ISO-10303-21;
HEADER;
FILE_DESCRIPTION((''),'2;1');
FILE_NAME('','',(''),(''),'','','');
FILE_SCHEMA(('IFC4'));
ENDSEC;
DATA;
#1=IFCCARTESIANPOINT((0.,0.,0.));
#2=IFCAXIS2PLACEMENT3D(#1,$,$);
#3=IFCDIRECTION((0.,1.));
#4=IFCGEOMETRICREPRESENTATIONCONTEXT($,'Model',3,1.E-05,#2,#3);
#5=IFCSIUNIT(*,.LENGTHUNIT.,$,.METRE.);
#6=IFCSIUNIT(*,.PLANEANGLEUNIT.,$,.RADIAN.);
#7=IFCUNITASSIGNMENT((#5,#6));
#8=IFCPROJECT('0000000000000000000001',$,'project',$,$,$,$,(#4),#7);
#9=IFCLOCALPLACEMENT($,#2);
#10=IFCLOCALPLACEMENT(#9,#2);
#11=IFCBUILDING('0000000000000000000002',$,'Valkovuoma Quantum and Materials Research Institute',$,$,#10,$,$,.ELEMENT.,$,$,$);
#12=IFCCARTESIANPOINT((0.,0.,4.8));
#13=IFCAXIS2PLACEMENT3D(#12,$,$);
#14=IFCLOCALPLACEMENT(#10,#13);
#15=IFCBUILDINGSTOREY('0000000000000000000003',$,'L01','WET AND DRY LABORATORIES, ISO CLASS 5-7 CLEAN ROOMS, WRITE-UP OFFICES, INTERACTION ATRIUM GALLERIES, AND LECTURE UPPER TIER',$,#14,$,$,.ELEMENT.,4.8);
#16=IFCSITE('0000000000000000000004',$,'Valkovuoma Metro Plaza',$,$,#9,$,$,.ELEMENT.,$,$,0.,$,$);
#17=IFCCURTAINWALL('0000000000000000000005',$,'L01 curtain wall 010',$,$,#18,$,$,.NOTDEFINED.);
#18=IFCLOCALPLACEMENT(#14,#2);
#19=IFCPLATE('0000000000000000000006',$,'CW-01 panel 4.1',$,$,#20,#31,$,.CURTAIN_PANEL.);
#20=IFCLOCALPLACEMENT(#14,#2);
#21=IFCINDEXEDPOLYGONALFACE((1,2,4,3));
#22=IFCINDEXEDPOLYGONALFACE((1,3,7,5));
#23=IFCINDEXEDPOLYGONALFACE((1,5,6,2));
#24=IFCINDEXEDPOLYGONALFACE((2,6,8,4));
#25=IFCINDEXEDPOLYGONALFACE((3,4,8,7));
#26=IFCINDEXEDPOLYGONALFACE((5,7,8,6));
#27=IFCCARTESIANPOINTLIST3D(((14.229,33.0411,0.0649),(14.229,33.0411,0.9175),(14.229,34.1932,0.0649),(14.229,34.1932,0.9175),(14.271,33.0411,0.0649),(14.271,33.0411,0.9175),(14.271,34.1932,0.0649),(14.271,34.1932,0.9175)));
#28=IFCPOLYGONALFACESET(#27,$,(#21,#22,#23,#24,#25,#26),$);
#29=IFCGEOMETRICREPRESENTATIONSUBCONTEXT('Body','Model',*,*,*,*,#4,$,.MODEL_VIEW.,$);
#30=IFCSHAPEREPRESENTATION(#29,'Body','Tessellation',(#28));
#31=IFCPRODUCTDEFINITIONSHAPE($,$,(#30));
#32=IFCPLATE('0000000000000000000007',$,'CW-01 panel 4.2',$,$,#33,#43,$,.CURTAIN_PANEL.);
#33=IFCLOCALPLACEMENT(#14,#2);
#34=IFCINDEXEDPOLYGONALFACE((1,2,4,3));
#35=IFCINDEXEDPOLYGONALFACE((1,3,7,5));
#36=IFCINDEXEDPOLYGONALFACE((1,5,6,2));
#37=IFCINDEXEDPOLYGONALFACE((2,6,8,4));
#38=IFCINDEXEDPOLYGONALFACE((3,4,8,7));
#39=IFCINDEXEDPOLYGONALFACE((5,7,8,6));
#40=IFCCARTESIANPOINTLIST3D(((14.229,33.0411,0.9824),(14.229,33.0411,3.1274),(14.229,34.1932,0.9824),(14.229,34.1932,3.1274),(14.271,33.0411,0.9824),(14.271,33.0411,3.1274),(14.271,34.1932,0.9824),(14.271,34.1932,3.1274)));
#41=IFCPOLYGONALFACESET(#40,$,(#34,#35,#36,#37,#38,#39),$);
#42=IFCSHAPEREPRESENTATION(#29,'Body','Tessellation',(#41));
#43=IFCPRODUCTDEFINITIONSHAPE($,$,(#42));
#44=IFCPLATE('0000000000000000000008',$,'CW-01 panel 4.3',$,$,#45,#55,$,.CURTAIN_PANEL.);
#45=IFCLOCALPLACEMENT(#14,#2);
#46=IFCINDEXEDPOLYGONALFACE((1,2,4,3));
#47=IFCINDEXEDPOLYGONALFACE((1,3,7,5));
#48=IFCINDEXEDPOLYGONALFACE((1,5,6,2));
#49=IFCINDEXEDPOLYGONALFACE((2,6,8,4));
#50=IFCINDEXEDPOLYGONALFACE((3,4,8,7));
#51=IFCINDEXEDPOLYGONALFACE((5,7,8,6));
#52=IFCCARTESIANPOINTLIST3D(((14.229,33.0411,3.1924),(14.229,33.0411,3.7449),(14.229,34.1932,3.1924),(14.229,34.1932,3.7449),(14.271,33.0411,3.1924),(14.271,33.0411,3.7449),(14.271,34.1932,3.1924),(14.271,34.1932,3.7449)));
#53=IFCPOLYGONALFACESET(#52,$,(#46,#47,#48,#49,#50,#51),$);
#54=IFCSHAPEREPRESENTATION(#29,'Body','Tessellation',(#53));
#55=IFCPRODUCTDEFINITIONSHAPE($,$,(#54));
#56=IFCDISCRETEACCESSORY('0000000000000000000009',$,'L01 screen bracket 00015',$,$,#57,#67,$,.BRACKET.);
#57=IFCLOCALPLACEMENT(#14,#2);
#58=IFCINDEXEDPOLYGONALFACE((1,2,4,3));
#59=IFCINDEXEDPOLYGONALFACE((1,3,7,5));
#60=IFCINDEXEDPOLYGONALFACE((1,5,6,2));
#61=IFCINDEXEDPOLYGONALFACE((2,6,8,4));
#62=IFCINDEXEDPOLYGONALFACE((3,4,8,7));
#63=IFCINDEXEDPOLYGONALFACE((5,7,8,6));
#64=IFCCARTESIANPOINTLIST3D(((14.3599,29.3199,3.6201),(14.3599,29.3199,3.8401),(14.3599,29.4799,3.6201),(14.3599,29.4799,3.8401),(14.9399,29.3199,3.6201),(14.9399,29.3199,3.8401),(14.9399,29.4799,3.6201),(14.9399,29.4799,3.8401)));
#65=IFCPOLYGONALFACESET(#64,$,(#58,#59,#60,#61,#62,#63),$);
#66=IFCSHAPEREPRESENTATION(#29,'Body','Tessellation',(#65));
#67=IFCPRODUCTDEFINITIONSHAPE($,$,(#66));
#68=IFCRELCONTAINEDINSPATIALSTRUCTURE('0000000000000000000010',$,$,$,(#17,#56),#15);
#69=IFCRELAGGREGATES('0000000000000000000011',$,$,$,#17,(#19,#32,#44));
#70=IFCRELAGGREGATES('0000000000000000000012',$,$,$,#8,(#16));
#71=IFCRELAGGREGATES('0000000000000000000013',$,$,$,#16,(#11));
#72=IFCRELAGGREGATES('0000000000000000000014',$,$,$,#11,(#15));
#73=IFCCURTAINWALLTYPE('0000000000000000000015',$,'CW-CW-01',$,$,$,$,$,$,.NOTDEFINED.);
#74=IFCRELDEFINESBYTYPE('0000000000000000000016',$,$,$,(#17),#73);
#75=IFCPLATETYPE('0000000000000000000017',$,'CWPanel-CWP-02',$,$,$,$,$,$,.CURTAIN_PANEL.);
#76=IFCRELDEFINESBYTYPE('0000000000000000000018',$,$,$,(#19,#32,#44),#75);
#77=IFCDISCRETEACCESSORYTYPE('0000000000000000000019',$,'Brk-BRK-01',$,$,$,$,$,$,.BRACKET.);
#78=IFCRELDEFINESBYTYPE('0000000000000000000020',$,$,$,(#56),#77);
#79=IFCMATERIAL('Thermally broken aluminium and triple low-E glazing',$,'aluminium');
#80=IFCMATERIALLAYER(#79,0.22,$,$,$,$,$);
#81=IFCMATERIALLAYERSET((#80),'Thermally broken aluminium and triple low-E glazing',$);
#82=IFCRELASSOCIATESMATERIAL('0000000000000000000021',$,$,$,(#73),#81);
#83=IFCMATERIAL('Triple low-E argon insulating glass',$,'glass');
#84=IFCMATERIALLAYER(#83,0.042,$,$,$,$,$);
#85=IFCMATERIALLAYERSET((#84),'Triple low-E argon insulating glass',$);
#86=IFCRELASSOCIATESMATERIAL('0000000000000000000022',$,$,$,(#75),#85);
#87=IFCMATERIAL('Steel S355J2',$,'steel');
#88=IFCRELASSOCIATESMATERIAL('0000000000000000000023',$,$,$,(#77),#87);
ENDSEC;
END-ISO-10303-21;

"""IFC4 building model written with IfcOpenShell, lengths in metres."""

from ifc_helpers import new_model, si_unit, direction, frame, origin, origin_2d, place, context, subcontext, project, spatial, rectangle, extrude, material, layer, layer_set, type_object, element, aggregate, save


model = new_model("IFC4")

# Units and contexts
model_context = context("Model", 3, precision=1e-05, world=origin(), true_north=direction((0.0, 1.0)))
body_context = subcontext(model_context, "Body", "Model", "MODEL_VIEW")
ifc_project = project(units=[si_unit("LENGTHUNIT", "METRE"), si_unit("PLANEANGLEUNIT", "RADIAN")], contexts=[model_context])

# Site, building, storey
site_placement = place(None, origin())
site = spatial("IfcSite", under=ifc_project, at=site_placement, Name="Valkovuoma Metro Plaza", CompositionType="ELEMENT", RefElevation=0.0)
building_placement = place(site_placement, origin())
building = spatial("IfcBuilding", under=site, at=building_placement, Name="Valkovuoma Quantum and Materials Research Institute", CompositionType="ELEMENT")
storey_placement = place(building_placement, frame((0.0, 0.0, 4.8)))
storey = spatial("IfcBuildingStorey", under=building, at=storey_placement, Name="L01", Description="WET AND DRY LABORATORIES, ISO CLASS 5-7 CLEAN ROOMS, WRITE-UP OFFICES, INTERACTION ATRIUM GALLERIES, AND LECTURE UPPER TIER", CompositionType="ELEMENT", Elevation=4.8)

# Curtain wall, plates
ifc_material_1 = material(Name="Thermally broken aluminium and triple low-E glazing", Category="aluminium")
ifc_layer_1 = layer(ifc_material_1, 0.22)
ifc_layer_set_1 = layer_set([ifc_layer_1], Name="Thermally broken aluminium and triple low-E glazing")
curtain_wall_type = type_object("IfcCurtainWallType", Name="CW-CW-01", PredefinedType="NOTDEFINED", material=ifc_layer_set_1)
curtain_wall_placement = place(storey_placement, origin())
curtain_wall = element("IfcCurtainWall", 1, at=curtain_wall_placement, inside=storey, type_object=curtain_wall_type, Name="L01 curtain wall 010", PredefinedType="NOTDEFINED")
ifc_material_2 = material(Name="Triple low-E argon insulating glass", Category="glass")
ifc_layer_2 = layer(ifc_material_2, 0.042)
ifc_layer_set_2 = layer_set([ifc_layer_2], Name="Triple low-E argon insulating glass")
plate_type = type_object("IfcPlateType", Name="CWPanel-CWP-02", PredefinedType="CURTAIN_PANEL", material=ifc_layer_set_2)
plate_1_placement = place(storey_placement, frame((14.25, 33.6172, 0.0649), z_axis=(0.0, 0.0, 1.0), x_axis=(0.0, 1.0, 0.0)))
plate_1 = element("IfcPlate", 2, at=plate_1_placement, type_object=plate_type, Name="CW-01 panel 4.1", PredefinedType="CURTAIN_PANEL", context=body_context, shape_type="SweptSolid", body=[
    extrude(rectangle(XDim=1.1521, YDim=0.042, at=origin_2d()), origin(), (0.0, 0.0, 1.0), 0.8525),
])
plate_2_placement = place(storey_placement, frame((14.25, 33.6172, 0.9824), z_axis=(0.0, 0.0, 1.0), x_axis=(0.0, 1.0, 0.0)))
plate_2 = element("IfcPlate", 3, at=plate_2_placement, type_object=plate_type, Name="CW-01 panel 4.2", PredefinedType="CURTAIN_PANEL", context=body_context, shape_type="SweptSolid", body=[
    extrude(rectangle(XDim=1.1521, YDim=0.042, at=origin_2d()), origin(), (0.0, 0.0, 1.0), 2.145),
])
plate_3_placement = place(storey_placement, frame((14.25, 33.6172, 3.1924), z_axis=(0.0, 0.0, 1.0), x_axis=(0.0, 1.0, 0.0)))
plate_3 = element("IfcPlate", 4, at=plate_3_placement, type_object=plate_type, Name="CW-01 panel 4.3", PredefinedType="CURTAIN_PANEL", context=body_context, shape_type="SweptSolid", body=[
    extrude(rectangle(XDim=1.1521, YDim=0.042, at=origin_2d()), origin(), (0.0, 0.0, 1.0), 0.5525),
])
aggregate(curtain_wall, [plate_1, plate_2, plate_3])

# Discrete accessory
ifc_material_3 = material(Name="Steel S355J2", Category="steel")
discrete_accessory_type = type_object("IfcDiscreteAccessoryType", Name="Brk-BRK-01", PredefinedType="BRACKET", material=ifc_material_3)
discrete_accessory_placement = place(storey_placement, frame((14.6499, 29.3999, 3.6201), z_axis=(0.0, 0.0, 1.0), x_axis=(1.0, 0.0, 0.0)))
element("IfcDiscreteAccessory", 5, at=discrete_accessory_placement, inside=storey, type_object=discrete_accessory_type, Name="L01 screen bracket 00015", PredefinedType="BRACKET", context=body_context, shape_type="SweptSolid", body=[
    extrude(rectangle(XDim=0.5801, YDim=0.1599, at=origin_2d()), origin(), (0.0, 0.0, 1.0), 0.22),
])

save(model, "model.ifc")
